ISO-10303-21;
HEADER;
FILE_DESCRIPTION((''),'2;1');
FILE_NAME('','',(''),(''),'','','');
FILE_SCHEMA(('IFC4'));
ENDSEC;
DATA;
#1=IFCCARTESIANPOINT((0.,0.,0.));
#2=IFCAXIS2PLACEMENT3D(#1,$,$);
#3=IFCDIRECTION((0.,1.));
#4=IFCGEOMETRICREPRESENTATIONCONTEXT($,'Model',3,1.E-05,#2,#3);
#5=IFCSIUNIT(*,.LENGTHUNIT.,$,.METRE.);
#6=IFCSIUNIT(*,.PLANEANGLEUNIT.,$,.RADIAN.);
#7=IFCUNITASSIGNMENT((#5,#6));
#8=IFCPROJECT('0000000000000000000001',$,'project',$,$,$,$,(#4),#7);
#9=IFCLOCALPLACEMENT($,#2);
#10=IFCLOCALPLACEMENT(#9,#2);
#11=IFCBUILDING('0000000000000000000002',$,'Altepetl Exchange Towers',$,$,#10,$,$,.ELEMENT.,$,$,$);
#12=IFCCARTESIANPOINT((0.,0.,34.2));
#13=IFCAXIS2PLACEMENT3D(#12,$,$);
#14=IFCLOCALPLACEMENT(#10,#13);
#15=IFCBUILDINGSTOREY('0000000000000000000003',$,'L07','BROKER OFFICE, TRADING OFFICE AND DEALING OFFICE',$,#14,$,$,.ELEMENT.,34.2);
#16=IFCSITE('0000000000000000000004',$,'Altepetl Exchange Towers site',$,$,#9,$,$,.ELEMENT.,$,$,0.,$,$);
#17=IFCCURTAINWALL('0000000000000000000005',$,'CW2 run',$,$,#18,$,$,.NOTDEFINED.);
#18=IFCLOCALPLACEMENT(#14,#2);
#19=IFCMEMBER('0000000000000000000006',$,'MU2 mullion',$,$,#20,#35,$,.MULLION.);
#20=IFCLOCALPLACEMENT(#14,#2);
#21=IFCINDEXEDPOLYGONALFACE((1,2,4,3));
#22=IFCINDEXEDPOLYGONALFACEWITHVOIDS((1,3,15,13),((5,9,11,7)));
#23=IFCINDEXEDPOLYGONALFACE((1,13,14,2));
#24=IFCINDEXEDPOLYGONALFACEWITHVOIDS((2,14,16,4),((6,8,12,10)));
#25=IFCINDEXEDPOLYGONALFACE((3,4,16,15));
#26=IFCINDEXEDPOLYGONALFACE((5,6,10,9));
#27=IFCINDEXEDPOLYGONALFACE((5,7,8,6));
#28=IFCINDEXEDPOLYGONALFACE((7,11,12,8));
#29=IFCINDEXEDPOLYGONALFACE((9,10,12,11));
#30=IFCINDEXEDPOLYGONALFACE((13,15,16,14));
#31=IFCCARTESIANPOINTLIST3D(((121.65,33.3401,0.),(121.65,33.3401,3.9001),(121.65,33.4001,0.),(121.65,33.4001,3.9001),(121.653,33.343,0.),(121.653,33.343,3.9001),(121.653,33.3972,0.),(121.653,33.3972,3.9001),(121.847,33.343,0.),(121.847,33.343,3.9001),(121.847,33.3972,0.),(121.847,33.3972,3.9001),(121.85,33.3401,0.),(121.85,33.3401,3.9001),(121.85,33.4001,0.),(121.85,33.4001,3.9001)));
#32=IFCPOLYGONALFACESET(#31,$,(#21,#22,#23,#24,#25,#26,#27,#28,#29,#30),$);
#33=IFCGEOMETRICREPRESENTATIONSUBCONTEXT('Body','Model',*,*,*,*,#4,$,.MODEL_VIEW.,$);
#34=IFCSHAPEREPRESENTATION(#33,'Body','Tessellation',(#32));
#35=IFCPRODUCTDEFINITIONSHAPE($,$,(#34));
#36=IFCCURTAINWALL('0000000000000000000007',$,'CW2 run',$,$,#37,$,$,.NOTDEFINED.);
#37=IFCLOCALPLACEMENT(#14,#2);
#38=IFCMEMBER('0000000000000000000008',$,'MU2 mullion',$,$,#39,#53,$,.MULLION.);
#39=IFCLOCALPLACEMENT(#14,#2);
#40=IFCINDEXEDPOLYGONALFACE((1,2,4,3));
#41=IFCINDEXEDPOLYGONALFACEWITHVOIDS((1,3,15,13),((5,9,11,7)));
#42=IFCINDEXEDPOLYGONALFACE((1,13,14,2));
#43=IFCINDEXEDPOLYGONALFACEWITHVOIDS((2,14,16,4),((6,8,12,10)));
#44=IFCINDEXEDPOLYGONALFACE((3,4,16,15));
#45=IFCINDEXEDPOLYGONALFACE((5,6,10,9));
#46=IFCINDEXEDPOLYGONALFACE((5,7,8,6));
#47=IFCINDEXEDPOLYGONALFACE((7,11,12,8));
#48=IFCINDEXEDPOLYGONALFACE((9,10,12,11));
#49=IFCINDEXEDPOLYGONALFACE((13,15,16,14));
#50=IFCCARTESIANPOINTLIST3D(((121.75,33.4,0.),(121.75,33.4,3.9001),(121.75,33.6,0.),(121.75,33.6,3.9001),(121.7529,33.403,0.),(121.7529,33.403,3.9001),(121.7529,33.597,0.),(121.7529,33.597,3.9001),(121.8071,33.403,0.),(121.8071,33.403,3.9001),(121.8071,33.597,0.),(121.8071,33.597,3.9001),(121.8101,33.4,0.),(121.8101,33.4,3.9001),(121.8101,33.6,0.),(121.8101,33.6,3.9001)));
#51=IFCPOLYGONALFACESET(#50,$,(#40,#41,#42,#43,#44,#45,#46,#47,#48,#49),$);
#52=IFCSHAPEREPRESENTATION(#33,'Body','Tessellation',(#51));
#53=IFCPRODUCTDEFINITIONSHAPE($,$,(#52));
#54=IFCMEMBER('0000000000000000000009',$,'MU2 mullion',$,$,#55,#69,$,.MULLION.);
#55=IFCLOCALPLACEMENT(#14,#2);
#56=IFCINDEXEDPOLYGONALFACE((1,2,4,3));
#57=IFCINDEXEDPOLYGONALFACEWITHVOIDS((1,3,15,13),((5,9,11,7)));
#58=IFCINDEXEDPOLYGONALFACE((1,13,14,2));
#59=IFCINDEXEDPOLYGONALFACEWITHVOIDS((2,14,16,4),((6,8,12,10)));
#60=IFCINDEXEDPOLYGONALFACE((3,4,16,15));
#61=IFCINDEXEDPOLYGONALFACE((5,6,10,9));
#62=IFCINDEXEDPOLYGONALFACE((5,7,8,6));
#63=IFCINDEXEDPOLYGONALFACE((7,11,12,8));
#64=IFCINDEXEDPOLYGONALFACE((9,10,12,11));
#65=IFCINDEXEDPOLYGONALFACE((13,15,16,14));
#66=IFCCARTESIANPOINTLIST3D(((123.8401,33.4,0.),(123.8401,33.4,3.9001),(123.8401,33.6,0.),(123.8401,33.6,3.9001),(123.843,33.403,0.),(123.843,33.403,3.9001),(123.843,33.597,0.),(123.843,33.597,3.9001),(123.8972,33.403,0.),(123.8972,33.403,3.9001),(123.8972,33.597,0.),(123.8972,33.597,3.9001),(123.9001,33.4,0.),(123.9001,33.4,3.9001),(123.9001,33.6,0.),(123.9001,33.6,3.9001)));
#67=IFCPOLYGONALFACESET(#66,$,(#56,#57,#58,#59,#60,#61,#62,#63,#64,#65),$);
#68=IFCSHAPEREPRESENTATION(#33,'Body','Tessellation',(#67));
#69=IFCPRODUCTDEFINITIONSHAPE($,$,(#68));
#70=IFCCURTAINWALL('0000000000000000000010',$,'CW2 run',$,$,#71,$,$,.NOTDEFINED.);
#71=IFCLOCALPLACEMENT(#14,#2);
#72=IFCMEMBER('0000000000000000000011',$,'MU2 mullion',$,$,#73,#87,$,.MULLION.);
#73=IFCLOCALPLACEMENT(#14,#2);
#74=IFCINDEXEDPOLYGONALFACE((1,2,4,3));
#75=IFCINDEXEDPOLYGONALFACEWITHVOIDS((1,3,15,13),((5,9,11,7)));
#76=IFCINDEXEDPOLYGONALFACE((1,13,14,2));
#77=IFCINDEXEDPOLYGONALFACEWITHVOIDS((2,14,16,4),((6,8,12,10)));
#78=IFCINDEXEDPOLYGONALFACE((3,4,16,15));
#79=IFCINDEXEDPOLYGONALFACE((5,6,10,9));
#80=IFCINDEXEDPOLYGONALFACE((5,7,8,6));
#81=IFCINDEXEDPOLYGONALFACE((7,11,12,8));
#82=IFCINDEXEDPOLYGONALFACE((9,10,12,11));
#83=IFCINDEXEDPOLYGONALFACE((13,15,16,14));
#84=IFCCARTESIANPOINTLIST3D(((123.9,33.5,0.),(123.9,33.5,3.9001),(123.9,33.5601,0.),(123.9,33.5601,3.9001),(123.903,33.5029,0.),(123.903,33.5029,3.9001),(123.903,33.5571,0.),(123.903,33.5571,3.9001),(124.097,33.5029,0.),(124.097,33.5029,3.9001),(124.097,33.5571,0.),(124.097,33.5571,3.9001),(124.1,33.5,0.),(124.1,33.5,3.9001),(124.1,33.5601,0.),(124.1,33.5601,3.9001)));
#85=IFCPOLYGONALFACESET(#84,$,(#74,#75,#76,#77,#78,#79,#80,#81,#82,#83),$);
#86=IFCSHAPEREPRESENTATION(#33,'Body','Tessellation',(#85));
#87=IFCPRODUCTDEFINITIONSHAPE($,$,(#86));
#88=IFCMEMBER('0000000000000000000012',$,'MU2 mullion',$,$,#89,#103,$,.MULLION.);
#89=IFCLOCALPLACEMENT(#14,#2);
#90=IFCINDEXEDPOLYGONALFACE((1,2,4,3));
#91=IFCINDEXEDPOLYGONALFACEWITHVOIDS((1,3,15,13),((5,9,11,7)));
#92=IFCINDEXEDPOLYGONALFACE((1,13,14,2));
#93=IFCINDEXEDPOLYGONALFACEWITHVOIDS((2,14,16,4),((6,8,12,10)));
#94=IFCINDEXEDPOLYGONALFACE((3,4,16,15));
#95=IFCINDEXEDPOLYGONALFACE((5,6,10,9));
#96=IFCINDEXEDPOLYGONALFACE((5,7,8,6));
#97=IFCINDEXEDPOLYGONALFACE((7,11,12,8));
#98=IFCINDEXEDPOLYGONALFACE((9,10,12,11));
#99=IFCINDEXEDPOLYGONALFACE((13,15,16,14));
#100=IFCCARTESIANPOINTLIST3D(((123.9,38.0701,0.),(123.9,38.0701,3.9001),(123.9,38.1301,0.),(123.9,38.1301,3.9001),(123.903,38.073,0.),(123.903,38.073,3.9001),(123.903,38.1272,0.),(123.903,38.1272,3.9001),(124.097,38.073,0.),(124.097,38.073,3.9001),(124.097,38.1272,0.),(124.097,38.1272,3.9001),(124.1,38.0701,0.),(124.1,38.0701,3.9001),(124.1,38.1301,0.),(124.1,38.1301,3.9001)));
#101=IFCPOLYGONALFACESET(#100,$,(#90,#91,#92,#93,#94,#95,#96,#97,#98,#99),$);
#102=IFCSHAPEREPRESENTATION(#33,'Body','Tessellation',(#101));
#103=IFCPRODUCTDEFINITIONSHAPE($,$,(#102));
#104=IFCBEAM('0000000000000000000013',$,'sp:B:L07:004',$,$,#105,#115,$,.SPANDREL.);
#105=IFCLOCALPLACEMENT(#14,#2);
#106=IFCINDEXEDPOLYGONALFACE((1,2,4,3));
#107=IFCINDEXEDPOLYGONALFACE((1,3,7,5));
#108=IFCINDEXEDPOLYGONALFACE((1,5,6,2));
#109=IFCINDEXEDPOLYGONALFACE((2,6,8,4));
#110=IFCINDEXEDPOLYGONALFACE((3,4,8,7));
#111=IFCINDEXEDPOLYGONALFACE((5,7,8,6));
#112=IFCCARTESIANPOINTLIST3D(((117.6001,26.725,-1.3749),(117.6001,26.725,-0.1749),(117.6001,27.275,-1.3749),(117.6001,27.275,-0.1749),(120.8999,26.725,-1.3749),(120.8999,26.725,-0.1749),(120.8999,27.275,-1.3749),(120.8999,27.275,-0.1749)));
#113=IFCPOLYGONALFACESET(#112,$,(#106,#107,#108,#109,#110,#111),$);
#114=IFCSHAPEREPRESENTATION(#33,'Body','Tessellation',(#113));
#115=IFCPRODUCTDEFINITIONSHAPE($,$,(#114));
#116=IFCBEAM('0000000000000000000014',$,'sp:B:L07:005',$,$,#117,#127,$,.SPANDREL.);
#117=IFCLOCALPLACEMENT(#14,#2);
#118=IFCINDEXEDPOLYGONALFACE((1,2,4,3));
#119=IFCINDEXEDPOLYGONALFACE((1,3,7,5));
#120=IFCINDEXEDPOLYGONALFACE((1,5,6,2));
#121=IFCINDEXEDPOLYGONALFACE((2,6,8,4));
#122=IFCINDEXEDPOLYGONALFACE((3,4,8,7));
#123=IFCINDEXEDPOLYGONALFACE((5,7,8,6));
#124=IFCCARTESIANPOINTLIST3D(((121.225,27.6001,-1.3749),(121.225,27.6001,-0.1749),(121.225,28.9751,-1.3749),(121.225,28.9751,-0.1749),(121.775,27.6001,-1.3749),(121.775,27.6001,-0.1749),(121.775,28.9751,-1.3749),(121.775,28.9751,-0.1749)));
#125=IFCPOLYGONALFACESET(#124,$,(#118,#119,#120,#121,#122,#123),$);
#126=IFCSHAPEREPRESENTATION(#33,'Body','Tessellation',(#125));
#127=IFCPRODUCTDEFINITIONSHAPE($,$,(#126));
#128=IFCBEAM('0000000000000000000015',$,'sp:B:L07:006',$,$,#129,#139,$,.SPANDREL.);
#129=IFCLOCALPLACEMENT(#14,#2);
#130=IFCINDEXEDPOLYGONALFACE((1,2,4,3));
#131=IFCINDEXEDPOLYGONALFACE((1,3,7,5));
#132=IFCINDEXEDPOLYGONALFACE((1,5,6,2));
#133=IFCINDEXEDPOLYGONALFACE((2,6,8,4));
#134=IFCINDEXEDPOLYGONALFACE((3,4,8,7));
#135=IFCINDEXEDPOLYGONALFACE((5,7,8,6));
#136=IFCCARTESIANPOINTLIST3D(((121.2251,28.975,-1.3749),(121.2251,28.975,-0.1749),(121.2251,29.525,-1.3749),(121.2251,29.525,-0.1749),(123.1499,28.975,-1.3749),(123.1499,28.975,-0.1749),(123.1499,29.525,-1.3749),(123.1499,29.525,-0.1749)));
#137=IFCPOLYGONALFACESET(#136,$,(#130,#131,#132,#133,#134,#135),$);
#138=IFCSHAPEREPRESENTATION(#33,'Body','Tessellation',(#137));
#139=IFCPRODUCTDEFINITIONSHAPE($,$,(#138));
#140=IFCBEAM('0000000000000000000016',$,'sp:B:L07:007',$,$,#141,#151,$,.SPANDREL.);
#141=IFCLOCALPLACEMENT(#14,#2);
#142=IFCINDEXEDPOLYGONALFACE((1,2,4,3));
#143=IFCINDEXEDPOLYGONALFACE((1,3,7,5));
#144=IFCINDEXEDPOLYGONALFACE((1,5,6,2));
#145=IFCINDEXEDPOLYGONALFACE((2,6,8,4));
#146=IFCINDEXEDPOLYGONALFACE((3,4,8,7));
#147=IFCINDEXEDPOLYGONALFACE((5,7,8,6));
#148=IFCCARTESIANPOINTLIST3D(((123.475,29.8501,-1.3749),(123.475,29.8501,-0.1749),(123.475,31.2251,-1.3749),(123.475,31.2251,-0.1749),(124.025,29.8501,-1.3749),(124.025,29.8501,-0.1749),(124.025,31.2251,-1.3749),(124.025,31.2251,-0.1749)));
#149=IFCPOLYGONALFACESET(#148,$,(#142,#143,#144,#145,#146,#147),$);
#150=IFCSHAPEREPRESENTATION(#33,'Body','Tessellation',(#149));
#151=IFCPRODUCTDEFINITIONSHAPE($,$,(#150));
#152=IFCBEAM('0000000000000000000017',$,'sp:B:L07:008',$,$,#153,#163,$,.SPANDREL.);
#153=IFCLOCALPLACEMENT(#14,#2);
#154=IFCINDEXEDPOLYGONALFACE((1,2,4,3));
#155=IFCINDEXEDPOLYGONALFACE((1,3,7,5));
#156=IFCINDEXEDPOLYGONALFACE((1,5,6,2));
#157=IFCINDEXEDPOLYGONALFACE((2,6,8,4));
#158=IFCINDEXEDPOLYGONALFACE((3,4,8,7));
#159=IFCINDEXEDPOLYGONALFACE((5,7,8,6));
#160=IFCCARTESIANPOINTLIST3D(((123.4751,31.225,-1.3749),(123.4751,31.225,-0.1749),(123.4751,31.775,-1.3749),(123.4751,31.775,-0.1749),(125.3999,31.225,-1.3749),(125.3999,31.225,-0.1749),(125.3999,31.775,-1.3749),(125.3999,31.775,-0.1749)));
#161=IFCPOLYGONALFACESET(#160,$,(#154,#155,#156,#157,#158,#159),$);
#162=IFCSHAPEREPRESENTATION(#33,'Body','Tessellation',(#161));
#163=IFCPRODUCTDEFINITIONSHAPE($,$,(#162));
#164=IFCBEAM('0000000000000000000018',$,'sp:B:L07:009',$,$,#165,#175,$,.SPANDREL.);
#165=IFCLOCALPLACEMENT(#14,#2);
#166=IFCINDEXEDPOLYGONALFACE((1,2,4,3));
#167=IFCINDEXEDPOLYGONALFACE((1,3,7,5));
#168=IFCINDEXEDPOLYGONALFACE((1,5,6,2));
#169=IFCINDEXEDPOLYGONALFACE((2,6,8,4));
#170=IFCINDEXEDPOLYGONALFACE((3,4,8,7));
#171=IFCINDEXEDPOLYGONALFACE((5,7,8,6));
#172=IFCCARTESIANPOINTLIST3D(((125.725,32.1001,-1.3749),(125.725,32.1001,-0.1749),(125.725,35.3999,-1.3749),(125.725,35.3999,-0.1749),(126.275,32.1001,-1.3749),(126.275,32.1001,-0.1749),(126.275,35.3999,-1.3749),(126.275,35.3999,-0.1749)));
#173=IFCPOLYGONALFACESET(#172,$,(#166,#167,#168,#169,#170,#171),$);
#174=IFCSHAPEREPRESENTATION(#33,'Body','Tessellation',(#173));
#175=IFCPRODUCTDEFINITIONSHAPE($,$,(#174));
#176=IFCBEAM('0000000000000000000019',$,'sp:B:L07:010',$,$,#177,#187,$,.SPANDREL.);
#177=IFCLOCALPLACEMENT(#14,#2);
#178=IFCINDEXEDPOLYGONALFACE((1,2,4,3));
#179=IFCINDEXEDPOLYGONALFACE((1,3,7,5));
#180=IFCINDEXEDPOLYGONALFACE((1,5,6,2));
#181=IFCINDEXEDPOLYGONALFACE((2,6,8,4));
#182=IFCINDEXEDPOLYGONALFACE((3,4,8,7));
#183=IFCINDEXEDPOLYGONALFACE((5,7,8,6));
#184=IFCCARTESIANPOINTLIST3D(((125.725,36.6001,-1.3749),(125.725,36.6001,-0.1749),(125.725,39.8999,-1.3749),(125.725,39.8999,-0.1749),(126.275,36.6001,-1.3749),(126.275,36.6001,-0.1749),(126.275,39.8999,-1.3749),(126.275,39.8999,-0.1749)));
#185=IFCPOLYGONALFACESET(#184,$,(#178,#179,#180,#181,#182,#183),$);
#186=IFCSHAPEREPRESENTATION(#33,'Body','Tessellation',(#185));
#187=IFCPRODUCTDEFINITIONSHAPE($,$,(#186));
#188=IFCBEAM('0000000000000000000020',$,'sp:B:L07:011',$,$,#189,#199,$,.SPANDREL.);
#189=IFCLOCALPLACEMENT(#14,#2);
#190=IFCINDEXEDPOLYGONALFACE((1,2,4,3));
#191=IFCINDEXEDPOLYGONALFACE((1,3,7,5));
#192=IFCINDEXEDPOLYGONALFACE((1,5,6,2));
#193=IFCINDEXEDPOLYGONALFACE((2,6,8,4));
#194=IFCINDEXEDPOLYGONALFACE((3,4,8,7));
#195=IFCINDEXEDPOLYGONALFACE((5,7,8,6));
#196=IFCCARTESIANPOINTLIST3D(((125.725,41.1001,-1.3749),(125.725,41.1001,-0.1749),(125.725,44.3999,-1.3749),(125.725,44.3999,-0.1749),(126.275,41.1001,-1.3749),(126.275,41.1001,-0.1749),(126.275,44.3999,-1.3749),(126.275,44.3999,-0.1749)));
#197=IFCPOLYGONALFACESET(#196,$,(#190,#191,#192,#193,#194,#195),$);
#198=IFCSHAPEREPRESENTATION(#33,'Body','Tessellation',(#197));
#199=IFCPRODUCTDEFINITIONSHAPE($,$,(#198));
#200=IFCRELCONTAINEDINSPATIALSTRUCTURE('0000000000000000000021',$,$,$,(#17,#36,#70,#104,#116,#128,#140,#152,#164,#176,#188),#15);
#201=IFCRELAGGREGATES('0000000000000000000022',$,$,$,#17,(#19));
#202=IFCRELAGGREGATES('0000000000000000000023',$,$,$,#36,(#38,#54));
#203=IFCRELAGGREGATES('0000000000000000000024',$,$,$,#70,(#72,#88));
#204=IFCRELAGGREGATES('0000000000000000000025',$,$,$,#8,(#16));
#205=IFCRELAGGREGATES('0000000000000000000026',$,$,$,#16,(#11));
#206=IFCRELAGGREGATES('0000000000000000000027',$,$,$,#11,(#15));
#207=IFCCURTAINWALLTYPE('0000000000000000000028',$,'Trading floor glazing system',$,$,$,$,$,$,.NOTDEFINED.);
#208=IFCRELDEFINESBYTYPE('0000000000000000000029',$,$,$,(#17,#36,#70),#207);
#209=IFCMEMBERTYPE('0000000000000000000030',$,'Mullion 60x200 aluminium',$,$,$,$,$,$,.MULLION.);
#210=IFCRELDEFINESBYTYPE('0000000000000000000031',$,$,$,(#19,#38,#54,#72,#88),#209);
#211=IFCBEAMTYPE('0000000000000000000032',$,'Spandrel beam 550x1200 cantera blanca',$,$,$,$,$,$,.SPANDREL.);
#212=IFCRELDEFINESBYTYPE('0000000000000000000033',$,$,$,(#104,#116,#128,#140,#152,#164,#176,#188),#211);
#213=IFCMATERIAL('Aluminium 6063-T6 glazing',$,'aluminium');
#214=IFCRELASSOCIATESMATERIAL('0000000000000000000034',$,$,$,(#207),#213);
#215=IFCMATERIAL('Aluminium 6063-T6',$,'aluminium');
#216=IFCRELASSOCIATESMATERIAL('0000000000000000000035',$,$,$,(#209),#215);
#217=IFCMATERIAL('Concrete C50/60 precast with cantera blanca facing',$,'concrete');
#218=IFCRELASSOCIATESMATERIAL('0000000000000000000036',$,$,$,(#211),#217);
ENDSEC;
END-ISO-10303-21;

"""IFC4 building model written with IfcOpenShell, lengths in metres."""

from ifc_helpers import new_model, si_unit, direction, frame, origin, origin_2d, place, context, subcontext, project, spatial, rectangle, hollow_rectangle, extrude, material, material_profile, profile_set, type_object, element, aggregate, save


model = new_model("IFC4")

# Units and contexts
model_context = context("Model", 3, precision=1e-05, world=origin(), true_north=direction((0.0, 1.0)))
body_context = subcontext(model_context, "Body", "Model", "MODEL_VIEW")
ifc_project = project(units=[si_unit("LENGTHUNIT", "METRE"), si_unit("PLANEANGLEUNIT", "RADIAN")], contexts=[model_context])

# Site, building, storey
site_placement = place(None, origin())
site = spatial("IfcSite", under=ifc_project, at=site_placement, Name="Altepetl Exchange Towers site", CompositionType="ELEMENT", RefElevation=0.0)
building_placement = place(site_placement, origin())
building = spatial("IfcBuilding", under=site, at=building_placement, Name="Altepetl Exchange Towers", CompositionType="ELEMENT")
storey_placement = place(building_placement, frame((0.0, 0.0, 34.2)))
storey = spatial("IfcBuildingStorey", under=building, at=storey_placement, Name="L07", Description="BROKER OFFICE, TRADING OFFICE AND DEALING OFFICE", CompositionType="ELEMENT", Elevation=34.2)

# Shared definitions
ifc_material_1 = material(Name="Aluminium 6063-T6 glazing", Category="aluminium")
curtain_wall_type = type_object("IfcCurtainWallType", Name="Trading floor glazing system", PredefinedType="NOTDEFINED", material=ifc_material_1)
ifc_material_2 = material(Name="Aluminium 6063-T6", Category="aluminium")
ifc_material_profile_1 = material_profile(ifc_material_2, hollow_rectangle(XDim=0.0601, YDim=0.2, WallThickness=0.0029, at=origin_2d()), Name="Mullion 60x200 aluminium")
ifc_profile_set_1 = profile_set([ifc_material_profile_1], Name="Aluminium 6063-T6")
member_type = type_object("IfcMemberType", Name="Mullion 60x200 aluminium", PredefinedType="MULLION", material=ifc_profile_set_1)

# Curtain walls, members
curtain_wall_1_placement = place(storey_placement, origin())
curtain_wall_1 = element("IfcCurtainWall", 1, at=curtain_wall_1_placement, inside=storey, type_object=curtain_wall_type, Name="CW2 run", PredefinedType="NOTDEFINED")
member_1_placement = place(storey_placement, frame((121.75, 33.3701, 0.0), z_axis=(0.0, 0.0, 1.0), x_axis=(0.0, 1.0, 0.0)))
member_1 = element("IfcMember", 2, at=member_1_placement, type_object=member_type, Name="MU2 mullion", PredefinedType="MULLION", context=body_context, shape_type="SweptSolid", body=[
    extrude(hollow_rectangle(XDim=0.0601, YDim=0.2, WallThickness=0.0029, at=origin_2d()), origin(), (0.0, 0.0, 1.0), 3.9001),
])
curtain_wall_2_placement = place(storey_placement, origin())
curtain_wall_2 = element("IfcCurtainWall", 3, at=curtain_wall_2_placement, inside=storey, type_object=curtain_wall_type, Name="CW2 run", PredefinedType="NOTDEFINED")
member_2_placement = place(storey_placement, frame((121.78, 33.5, 0.0)))
member_2 = element("IfcMember", 4, at=member_2_placement, type_object=member_type, Name="MU2 mullion", PredefinedType="MULLION", context=body_context, shape_type="SweptSolid", body=[
    extrude(hollow_rectangle(XDim=0.0601, YDim=0.2, WallThickness=0.0029, at=origin_2d()), origin(), (0.0, 0.0, 1.0), 3.9001),
])
member_3_placement = place(storey_placement, frame((123.8701, 33.5, 0.0)))
member_3 = element("IfcMember", 5, at=member_3_placement, type_object=member_type, Name="MU2 mullion", PredefinedType="MULLION", context=body_context, shape_type="SweptSolid", body=[
    extrude(hollow_rectangle(XDim=0.0601, YDim=0.2, WallThickness=0.0029, at=origin_2d()), origin(), (0.0, 0.0, 1.0), 3.9001),
])
curtain_wall_3_placement = place(storey_placement, origin())
curtain_wall_3 = element("IfcCurtainWall", 6, at=curtain_wall_3_placement, inside=storey, type_object=curtain_wall_type, Name="CW2 run", PredefinedType="NOTDEFINED")
member_4_placement = place(storey_placement, frame((124.0, 33.53, 0.0), z_axis=(0.0, 0.0, 1.0), x_axis=(0.0, 1.0, 0.0)))
member_4 = element("IfcMember", 7, at=member_4_placement, type_object=member_type, Name="MU2 mullion", PredefinedType="MULLION", context=body_context, shape_type="SweptSolid", body=[
    extrude(hollow_rectangle(XDim=0.0601, YDim=0.2, WallThickness=0.0029, at=origin_2d()), origin(), (0.0, 0.0, 1.0), 3.9001),
])
member_5_placement = place(storey_placement, frame((124.0, 38.1001, 0.0), z_axis=(0.0, 0.0, 1.0), x_axis=(0.0, 1.0, 0.0)))
member_5 = element("IfcMember", 8, at=member_5_placement, type_object=member_type, Name="MU2 mullion", PredefinedType="MULLION", context=body_context, shape_type="SweptSolid", body=[
    extrude(hollow_rectangle(XDim=0.0601, YDim=0.2, WallThickness=0.0029, at=origin_2d()), origin(), (0.0, 0.0, 1.0), 3.9001),
])

# Beams
ifc_material_3 = material(Name="Concrete C50/60 precast with cantera blanca facing", Category="concrete")
ifc_material_profile_2 = material_profile(ifc_material_3, rectangle(XDim=0.55, YDim=1.2, at=origin_2d()), Name="550 x 1200")
ifc_profile_set_2 = profile_set([ifc_material_profile_2], Name="Concrete C50/60 precast with cantera blanca facing")
beam_type_1 = type_object("IfcBeamType", Name="Spandrel beam 550x1200 cantera blanca", PredefinedType="SPANDREL", material=ifc_profile_set_2)
beam_1_placement = place(storey_placement, frame((117.6001, 27.0, -0.7749), z_axis=(1.0, 0.0, 0.0), x_axis=(0.0, 1.0, 0.0)))
element("IfcBeam", 9, at=beam_1_placement, inside=storey, type_object=beam_type_1, Name="sp:B:L07:004", PredefinedType="SPANDREL", context=body_context, shape_type="SweptSolid", body=[
    extrude(rectangle(XDim=0.55, YDim=1.2, at=origin_2d()), origin(), (0.0, 0.0, 1.0), 3.2998),
])
beam_2_placement = place(storey_placement, frame((121.5, 27.6001, -0.7749), z_axis=(0.0, 1.0, 0.0), x_axis=(-1.0, 0.0, 0.0)))
element("IfcBeam", 10, at=beam_2_placement, inside=storey, type_object=beam_type_1, Name="sp:B:L07:005", PredefinedType="SPANDREL", context=body_context, shape_type="SweptSolid", body=[
    extrude(rectangle(XDim=0.55, YDim=1.2, at=origin_2d()), origin(), (0.0, 0.0, 1.0), 1.375),
])
beam_3_placement = place(storey_placement, frame((121.2251, 29.25, -0.7749), z_axis=(1.0, 0.0, 0.0), x_axis=(0.0, 1.0, 0.0)))
element("IfcBeam", 11, at=beam_3_placement, inside=storey, type_object=beam_type_1, Name="sp:B:L07:006", PredefinedType="SPANDREL", context=body_context, shape_type="SweptSolid", body=[
    extrude(rectangle(XDim=0.55, YDim=1.2, at=origin_2d()), origin(), (0.0, 0.0, 1.0), 1.9248),
])
beam_4_placement = place(storey_placement, frame((123.75, 29.8501, -0.7749), z_axis=(0.0, 1.0, 0.0), x_axis=(-1.0, 0.0, 0.0)))
element("IfcBeam", 12, at=beam_4_placement, inside=storey, type_object=beam_type_1, Name="sp:B:L07:007", PredefinedType="SPANDREL", context=body_context, shape_type="SweptSolid", body=[
    extrude(rectangle(XDim=0.55, YDim=1.2, at=origin_2d()), origin(), (0.0, 0.0, 1.0), 1.375),
])
beam_5_placement = place(storey_placement, frame((123.4751, 31.5, -0.7749), z_axis=(1.0, 0.0, 0.0), x_axis=(0.0, 1.0, 0.0)))
element("IfcBeam", 13, at=beam_5_placement, inside=storey, type_object=beam_type_1, Name="sp:B:L07:008", PredefinedType="SPANDREL", context=body_context, shape_type="SweptSolid", body=[
    extrude(rectangle(XDim=0.55, YDim=1.2, at=origin_2d()), origin(), (0.0, 0.0, 1.0), 1.9248),
])
for number, where, z_axis, x_axis, name in (
    (14, (126.0, 32.1001, -0.7749), (0.0, 1.0, 0.0), (-1.0, 0.0, 0.0), "sp:B:L07:009"),
    (15, (126.0, 36.6001, -0.7749), (0.0, 1.0, 0.0), (-1.0, 0.0, 0.0), "sp:B:L07:010"),
    (16, (126.0, 41.1001, -0.7749), (0.0, 1.0, 0.0), (-1.0, 0.0, 0.0), "sp:B:L07:011"),
):
    element("IfcBeam", number, at=place(storey_placement, frame(where, z_axis=z_axis, x_axis=x_axis)), inside=storey, type_object=beam_type_1, Name=name, PredefinedType="SPANDREL", context=body_context, shape_type="SweptSolid", body=[
        extrude(rectangle(XDim=0.55, YDim=1.2, at=origin_2d()), origin(), (0.0, 0.0, 1.0), 3.2998),
    ])

aggregate(curtain_wall_1, [member_1])
aggregate(curtain_wall_2, [member_2, member_3])
aggregate(curtain_wall_3, [member_4, member_5])

save(model, "model.ifc")
